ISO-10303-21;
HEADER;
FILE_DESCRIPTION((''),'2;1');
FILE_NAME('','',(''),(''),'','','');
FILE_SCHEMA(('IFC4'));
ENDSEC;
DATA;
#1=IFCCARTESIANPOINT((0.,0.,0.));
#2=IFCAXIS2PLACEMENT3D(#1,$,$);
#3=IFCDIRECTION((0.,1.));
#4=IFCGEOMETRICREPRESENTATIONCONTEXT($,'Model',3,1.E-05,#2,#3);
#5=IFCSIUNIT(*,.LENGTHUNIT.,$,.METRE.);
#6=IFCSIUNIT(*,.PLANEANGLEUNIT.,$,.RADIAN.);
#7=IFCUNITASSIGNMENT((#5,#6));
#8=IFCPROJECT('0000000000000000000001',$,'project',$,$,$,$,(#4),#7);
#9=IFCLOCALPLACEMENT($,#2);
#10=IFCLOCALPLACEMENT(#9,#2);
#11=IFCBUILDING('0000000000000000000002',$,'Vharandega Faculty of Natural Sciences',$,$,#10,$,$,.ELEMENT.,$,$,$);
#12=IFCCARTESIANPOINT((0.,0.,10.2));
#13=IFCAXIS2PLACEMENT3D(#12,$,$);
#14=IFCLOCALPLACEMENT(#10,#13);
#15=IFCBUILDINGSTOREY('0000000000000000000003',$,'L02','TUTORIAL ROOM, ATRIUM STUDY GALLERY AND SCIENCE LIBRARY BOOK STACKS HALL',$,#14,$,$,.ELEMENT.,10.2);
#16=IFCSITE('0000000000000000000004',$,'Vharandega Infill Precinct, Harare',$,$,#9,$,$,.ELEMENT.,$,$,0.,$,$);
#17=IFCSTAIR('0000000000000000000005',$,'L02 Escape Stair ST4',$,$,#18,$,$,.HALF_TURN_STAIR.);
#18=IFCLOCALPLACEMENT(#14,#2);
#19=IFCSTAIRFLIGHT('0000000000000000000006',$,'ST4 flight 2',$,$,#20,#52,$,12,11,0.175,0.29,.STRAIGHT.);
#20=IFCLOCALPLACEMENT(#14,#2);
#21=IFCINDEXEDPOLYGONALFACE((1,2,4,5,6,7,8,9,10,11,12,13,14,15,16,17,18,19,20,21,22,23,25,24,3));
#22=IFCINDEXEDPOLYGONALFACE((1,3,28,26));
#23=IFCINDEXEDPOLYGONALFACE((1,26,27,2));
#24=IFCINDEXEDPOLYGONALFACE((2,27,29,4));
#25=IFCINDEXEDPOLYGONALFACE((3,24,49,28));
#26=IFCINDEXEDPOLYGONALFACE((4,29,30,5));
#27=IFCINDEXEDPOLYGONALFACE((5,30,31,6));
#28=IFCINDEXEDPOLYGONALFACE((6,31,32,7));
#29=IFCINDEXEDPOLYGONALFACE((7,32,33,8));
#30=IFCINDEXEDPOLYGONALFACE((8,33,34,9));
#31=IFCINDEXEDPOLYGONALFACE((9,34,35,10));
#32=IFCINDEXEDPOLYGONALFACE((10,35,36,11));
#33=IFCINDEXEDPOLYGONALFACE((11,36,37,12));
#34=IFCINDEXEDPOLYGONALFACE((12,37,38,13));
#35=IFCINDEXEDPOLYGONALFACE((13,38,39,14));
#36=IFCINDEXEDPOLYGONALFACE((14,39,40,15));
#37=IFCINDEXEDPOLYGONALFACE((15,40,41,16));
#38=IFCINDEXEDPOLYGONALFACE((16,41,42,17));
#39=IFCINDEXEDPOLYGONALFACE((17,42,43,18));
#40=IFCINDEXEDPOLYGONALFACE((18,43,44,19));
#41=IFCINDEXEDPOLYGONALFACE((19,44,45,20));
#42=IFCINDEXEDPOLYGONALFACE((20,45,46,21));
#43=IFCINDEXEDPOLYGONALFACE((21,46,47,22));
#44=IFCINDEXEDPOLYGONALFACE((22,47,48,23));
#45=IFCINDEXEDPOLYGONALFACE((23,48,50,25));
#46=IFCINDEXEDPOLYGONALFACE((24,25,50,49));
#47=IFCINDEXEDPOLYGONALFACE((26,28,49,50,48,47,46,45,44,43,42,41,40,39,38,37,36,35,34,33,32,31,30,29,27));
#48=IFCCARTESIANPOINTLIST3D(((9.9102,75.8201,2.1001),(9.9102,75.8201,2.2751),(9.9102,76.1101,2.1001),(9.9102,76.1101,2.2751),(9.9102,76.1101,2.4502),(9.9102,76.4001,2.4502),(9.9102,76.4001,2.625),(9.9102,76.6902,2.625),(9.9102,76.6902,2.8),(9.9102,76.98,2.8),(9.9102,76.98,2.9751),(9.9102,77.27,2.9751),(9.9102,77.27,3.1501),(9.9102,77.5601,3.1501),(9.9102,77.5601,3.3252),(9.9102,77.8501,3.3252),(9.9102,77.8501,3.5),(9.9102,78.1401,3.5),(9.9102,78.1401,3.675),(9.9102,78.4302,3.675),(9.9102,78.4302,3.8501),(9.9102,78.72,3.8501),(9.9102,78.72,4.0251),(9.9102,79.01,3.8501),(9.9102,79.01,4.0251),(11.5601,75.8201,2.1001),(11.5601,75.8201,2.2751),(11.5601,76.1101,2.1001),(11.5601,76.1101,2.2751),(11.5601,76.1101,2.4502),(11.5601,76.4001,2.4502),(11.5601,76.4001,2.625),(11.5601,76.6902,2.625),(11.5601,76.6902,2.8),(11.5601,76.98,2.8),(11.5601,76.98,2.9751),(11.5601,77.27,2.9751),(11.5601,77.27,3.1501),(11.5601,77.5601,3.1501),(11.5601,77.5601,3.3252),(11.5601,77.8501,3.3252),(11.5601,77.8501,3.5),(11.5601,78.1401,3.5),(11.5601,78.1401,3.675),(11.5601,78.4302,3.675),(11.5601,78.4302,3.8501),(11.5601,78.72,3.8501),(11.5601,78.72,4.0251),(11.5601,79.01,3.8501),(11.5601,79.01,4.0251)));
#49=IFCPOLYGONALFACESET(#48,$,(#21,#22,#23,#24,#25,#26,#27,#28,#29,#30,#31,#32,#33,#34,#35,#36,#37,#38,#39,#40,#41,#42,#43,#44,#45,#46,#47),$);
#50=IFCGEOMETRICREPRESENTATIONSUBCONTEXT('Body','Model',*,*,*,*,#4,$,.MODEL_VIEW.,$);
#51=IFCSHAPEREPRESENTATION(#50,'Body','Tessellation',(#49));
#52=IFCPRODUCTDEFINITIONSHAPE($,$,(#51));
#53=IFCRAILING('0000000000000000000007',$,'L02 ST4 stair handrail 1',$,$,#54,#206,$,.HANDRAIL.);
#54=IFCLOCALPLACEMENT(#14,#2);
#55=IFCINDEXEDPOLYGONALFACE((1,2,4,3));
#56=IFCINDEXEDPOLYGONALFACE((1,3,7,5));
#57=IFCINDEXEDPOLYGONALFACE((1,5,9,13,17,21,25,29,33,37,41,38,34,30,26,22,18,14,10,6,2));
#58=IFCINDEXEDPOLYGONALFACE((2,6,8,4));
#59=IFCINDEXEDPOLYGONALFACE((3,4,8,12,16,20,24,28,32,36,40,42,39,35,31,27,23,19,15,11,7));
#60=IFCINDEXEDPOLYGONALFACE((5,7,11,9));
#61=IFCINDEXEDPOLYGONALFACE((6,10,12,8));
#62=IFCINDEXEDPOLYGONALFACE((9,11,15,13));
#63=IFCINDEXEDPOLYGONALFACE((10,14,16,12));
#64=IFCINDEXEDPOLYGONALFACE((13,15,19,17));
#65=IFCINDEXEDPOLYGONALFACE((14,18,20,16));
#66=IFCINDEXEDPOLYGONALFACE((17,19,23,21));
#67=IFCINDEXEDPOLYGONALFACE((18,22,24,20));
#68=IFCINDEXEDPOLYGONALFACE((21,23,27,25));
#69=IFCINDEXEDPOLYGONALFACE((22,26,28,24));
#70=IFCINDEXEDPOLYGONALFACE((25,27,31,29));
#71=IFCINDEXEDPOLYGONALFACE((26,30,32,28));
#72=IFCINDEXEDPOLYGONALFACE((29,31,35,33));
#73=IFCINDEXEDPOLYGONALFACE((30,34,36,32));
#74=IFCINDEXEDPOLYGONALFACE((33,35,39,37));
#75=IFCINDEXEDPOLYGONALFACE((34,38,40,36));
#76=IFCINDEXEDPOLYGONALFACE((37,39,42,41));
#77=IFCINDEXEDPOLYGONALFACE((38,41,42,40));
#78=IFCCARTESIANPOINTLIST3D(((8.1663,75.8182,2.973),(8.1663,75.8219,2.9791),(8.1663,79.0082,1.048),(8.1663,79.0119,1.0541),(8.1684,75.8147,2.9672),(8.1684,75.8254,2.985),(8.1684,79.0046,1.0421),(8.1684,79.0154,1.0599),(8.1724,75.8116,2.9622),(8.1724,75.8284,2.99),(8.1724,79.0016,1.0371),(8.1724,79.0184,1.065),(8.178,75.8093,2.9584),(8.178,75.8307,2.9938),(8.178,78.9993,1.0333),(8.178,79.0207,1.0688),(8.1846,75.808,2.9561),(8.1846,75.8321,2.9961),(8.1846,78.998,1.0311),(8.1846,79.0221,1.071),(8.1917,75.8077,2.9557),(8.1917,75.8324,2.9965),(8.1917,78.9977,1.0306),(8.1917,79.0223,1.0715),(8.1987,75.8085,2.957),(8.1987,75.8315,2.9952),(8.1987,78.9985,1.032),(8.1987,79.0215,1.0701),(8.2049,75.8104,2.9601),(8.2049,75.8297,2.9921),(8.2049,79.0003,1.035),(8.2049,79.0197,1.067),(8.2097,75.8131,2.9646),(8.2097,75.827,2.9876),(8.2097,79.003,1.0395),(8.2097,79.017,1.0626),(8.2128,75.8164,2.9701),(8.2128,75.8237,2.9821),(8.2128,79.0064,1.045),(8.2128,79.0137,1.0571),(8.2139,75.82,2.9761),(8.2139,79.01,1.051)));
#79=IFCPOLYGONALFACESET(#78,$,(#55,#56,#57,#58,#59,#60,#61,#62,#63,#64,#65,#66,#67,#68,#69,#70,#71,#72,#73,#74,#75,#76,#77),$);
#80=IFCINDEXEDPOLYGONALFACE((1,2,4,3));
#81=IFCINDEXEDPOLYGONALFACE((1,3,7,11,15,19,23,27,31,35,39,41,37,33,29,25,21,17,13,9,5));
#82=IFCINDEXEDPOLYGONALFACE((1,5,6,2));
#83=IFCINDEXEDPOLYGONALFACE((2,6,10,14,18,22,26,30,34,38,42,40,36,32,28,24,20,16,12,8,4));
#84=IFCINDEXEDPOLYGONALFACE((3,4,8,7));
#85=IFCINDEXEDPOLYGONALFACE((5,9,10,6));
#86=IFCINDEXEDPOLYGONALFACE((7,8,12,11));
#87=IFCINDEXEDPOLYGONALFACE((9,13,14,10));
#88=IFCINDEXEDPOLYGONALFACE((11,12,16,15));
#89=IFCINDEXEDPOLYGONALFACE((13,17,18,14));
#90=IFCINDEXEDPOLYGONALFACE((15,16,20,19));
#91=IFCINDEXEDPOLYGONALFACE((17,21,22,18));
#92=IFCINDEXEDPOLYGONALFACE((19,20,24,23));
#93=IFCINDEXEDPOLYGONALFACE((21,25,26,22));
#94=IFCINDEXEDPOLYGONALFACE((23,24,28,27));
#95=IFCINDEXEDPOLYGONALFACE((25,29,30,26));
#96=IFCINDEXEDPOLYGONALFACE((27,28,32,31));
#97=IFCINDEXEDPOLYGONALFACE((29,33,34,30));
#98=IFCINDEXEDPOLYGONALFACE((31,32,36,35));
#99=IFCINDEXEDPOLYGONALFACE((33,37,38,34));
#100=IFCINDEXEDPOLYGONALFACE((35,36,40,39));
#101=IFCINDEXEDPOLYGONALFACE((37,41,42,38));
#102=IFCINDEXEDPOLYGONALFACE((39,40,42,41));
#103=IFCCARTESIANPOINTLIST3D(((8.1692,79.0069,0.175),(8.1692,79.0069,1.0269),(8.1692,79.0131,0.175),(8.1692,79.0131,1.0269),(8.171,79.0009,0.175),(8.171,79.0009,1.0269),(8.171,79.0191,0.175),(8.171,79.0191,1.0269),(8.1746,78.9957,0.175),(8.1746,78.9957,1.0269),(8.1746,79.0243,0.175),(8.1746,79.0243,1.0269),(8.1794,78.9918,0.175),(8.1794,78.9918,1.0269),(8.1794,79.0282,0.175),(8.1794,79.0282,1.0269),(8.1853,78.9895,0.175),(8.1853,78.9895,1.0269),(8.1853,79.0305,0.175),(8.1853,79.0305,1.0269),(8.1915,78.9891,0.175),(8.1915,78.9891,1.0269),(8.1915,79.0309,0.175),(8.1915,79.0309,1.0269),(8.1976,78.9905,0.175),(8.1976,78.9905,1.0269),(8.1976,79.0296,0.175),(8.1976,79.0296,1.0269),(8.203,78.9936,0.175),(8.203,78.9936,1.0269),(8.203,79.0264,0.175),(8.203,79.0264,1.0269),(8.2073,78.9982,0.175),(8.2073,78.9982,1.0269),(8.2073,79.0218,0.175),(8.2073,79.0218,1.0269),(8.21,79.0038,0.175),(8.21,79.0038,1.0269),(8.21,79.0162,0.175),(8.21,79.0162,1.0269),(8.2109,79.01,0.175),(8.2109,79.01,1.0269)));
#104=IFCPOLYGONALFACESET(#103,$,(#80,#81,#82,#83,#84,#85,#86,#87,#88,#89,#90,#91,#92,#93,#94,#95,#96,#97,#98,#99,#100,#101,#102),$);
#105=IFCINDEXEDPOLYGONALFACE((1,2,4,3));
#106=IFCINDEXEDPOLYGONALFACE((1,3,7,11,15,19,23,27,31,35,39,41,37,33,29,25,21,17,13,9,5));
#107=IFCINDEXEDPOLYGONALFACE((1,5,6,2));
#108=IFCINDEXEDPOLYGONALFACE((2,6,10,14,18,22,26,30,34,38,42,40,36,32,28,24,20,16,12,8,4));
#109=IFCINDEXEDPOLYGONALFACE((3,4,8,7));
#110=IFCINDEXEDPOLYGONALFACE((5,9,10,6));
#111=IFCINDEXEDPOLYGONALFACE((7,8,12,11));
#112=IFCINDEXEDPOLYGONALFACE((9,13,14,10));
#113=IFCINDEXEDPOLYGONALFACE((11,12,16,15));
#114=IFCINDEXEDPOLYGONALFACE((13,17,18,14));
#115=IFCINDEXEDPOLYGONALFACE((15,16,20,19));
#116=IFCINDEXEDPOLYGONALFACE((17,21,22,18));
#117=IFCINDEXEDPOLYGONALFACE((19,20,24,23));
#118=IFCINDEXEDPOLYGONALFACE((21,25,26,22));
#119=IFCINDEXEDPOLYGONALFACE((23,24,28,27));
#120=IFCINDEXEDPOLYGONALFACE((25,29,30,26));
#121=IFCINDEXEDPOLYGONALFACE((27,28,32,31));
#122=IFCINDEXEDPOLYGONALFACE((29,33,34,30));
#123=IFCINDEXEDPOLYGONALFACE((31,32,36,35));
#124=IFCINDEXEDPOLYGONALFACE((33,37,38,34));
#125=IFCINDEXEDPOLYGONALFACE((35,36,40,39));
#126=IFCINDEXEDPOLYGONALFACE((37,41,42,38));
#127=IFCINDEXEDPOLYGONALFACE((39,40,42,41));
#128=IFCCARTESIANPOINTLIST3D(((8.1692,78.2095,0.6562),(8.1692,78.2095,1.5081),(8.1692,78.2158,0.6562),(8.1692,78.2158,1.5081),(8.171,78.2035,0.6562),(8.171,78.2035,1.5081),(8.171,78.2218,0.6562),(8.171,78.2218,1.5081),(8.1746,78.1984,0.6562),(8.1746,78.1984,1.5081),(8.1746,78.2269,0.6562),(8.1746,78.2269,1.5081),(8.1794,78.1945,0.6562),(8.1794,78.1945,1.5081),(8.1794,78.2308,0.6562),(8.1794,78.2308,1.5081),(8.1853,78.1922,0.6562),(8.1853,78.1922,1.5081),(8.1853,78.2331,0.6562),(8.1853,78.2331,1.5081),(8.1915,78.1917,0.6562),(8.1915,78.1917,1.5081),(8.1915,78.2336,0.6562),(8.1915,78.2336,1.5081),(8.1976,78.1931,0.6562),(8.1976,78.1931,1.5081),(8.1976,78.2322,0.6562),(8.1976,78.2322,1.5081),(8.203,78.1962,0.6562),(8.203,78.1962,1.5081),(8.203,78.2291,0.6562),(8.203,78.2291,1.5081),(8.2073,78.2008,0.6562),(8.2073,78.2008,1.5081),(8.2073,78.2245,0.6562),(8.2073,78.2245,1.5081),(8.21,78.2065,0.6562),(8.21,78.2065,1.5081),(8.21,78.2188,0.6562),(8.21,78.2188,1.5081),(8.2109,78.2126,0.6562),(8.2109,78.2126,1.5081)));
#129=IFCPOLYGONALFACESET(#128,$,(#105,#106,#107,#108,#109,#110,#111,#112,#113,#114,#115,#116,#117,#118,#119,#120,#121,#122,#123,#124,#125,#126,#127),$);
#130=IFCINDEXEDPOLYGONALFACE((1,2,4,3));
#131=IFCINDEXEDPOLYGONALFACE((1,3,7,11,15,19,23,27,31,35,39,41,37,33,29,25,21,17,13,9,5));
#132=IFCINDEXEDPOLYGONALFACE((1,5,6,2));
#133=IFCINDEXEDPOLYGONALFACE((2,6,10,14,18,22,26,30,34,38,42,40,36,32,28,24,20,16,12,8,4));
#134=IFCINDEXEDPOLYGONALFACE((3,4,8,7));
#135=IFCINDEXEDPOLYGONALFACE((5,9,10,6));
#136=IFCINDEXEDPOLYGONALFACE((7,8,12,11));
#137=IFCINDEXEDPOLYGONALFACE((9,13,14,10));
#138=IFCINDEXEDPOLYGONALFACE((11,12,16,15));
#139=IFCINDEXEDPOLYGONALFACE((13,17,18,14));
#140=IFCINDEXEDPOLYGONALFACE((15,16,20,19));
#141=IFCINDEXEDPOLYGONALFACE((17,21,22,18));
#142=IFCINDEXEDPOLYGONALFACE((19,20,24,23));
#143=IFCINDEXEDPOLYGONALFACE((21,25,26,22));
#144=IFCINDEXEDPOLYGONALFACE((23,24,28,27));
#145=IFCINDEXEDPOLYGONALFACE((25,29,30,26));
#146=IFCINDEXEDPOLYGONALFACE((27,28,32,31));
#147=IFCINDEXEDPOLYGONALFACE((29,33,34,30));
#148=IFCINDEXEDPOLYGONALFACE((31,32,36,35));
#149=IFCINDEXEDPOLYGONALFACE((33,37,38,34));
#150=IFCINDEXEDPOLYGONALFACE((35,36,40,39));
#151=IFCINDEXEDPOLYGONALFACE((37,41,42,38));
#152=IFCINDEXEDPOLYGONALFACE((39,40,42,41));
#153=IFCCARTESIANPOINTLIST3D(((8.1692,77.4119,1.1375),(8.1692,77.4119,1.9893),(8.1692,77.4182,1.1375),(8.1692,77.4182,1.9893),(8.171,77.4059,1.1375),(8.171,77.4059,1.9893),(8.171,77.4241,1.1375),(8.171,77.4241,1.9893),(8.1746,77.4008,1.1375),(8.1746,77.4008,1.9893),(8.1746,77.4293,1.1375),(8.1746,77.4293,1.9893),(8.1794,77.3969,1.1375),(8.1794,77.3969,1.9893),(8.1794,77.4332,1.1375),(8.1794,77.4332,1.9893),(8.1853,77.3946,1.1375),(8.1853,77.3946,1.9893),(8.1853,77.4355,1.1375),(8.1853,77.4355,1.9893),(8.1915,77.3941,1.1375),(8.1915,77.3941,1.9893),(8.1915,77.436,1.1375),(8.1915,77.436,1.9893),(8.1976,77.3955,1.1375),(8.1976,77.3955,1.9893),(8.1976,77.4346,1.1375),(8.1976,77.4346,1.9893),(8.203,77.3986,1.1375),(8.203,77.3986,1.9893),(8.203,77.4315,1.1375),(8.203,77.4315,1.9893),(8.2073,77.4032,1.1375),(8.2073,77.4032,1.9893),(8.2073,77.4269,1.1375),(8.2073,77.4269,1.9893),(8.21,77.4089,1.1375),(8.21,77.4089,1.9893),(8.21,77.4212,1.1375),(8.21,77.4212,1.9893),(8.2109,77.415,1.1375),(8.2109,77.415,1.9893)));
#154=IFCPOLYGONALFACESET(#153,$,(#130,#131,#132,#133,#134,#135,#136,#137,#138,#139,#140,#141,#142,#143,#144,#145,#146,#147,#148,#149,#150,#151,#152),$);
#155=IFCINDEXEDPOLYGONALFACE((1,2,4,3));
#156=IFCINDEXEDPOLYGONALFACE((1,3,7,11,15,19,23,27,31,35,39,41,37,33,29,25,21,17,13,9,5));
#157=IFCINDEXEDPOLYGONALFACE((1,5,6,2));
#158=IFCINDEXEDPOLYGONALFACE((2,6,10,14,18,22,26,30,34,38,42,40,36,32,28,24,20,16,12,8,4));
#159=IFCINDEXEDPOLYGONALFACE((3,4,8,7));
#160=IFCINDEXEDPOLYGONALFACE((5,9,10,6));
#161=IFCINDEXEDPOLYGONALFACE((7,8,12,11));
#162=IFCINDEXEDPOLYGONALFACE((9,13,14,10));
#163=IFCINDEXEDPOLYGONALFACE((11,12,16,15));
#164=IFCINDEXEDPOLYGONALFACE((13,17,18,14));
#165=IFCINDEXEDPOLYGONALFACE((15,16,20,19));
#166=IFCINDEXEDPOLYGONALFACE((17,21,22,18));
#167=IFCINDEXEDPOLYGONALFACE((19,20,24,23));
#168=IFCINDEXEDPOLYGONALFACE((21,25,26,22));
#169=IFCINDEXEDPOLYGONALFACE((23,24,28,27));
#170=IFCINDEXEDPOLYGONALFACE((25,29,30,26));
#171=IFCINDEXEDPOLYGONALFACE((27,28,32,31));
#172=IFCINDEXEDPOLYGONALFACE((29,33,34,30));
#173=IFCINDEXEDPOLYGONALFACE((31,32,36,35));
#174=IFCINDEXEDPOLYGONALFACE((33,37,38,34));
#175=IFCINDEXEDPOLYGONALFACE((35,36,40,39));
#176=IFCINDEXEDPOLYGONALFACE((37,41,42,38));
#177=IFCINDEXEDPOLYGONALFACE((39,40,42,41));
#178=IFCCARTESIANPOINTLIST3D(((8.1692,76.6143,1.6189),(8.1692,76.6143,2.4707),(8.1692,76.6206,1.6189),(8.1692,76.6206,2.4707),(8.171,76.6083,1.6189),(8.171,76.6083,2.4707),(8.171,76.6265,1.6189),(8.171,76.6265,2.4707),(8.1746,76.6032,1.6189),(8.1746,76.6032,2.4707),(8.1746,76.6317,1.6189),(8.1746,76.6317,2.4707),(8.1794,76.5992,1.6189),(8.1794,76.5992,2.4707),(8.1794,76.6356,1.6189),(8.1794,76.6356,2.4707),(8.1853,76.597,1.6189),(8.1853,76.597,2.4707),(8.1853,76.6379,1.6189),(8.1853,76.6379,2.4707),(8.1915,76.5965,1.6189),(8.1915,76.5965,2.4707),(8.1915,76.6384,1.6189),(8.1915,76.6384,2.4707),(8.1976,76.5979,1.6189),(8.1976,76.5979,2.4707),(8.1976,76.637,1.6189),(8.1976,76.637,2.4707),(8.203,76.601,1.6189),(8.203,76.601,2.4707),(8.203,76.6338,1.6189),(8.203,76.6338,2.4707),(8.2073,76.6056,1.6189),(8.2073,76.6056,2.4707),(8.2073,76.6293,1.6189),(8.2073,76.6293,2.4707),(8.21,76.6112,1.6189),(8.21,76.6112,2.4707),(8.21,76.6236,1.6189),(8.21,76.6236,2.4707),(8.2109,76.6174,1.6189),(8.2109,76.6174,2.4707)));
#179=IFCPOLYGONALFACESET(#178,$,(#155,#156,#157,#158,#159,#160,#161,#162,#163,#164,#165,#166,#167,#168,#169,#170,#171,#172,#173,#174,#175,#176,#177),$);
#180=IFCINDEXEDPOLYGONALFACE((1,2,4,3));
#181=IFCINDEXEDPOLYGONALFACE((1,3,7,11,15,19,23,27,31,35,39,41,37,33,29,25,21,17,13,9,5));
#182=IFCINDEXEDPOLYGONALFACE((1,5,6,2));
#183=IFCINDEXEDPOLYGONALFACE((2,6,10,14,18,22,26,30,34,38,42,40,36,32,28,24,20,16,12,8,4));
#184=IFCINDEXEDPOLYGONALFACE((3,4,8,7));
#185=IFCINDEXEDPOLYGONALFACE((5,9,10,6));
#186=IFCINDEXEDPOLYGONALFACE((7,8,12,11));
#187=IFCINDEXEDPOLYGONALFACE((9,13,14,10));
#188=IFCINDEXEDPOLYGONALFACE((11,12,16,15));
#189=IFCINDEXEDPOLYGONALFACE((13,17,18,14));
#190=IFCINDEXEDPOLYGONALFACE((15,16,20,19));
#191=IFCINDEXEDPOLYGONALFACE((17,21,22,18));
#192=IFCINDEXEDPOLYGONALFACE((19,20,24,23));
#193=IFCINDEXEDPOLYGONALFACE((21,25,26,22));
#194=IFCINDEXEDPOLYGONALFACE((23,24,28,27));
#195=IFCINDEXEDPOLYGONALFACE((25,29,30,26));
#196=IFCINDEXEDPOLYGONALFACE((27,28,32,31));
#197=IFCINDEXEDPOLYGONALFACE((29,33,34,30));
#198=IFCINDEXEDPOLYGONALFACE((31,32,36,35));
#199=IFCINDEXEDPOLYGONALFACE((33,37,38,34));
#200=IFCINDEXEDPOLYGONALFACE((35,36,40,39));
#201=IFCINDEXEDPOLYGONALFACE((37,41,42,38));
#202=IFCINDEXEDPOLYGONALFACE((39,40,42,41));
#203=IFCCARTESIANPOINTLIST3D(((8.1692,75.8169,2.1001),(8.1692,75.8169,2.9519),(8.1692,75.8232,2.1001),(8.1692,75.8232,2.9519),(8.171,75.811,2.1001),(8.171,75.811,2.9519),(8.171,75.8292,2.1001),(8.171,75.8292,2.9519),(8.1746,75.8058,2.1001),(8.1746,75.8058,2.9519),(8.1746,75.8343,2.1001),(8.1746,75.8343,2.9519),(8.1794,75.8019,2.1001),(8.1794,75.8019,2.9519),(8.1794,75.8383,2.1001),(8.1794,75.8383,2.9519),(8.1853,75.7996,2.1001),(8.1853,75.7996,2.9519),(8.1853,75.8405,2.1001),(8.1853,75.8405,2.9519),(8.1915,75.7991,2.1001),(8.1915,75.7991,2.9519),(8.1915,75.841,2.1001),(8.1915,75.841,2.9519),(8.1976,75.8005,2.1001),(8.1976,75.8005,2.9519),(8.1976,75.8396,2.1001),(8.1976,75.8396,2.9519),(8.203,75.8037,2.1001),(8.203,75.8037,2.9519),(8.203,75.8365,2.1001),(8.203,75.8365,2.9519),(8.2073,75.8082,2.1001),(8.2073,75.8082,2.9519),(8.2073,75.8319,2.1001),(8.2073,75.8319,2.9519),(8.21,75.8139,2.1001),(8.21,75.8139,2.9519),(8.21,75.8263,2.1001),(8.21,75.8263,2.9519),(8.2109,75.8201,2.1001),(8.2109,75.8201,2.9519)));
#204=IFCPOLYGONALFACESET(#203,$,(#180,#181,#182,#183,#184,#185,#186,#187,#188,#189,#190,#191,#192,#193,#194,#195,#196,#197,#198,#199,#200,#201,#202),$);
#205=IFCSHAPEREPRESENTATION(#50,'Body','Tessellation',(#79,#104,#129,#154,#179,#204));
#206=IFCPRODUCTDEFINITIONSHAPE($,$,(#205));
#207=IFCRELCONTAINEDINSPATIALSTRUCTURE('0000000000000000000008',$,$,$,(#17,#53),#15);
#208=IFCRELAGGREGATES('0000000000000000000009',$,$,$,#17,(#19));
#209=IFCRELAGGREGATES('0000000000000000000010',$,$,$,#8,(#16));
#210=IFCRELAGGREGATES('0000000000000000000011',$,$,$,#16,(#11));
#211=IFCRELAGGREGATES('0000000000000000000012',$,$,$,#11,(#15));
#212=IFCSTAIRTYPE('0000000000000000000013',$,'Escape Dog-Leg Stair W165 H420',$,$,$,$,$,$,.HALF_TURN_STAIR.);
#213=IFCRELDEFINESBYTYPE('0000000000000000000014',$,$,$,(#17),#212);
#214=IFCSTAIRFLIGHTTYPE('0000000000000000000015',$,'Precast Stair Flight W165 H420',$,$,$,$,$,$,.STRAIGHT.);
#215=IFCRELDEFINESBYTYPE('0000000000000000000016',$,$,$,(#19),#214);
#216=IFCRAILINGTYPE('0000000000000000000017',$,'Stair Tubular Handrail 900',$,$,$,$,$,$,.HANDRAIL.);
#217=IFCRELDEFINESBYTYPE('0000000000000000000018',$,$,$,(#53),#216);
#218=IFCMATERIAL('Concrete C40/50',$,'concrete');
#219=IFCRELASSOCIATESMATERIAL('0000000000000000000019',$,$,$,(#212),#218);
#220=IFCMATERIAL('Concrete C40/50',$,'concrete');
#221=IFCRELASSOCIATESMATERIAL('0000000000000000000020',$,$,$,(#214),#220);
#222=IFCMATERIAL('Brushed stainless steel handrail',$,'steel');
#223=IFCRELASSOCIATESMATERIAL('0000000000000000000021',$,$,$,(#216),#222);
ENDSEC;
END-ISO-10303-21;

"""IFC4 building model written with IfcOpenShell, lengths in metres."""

from ifc_helpers import new_model, si_unit, direction, frame, origin, origin_2d, place, context, subcontext, project, spatial, polyline, circle, outline, extrude, material, type_object, element, aggregate, save


model = new_model("IFC4")

# Units and contexts
model_context = context("Model", 3, precision=1e-05, world=origin(), true_north=direction((0.0, 1.0)))
body_context = subcontext(model_context, "Body", "Model", "MODEL_VIEW")
ifc_project = project(units=[si_unit("LENGTHUNIT", "METRE"), si_unit("PLANEANGLEUNIT", "RADIAN")], contexts=[model_context])

# Site, building, storey
site_placement = place(None, origin())
site = spatial("IfcSite", under=ifc_project, at=site_placement, Name="Vharandega Infill Precinct, Harare", CompositionType="ELEMENT", RefElevation=0.0)
building_placement = place(site_placement, origin())
building = spatial("IfcBuilding", under=site, at=building_placement, Name="Vharandega Faculty of Natural Sciences", CompositionType="ELEMENT")
storey_placement = place(building_placement, frame((0.0, 0.0, 10.2)))
storey = spatial("IfcBuildingStorey", under=building, at=storey_placement, Name="L02", Description="TUTORIAL ROOM, ATRIUM STUDY GALLERY AND SCIENCE LIBRARY BOOK STACKS HALL", CompositionType="ELEMENT", Elevation=10.2)

# Stair, stair flight
ifc_material_1 = material(Name="Concrete C40/50", Category="concrete")
stair_type = type_object("IfcStairType", Name="Escape Dog-Leg Stair W165 H420", PredefinedType="HALF_TURN_STAIR", material=ifc_material_1)
stair_placement = place(storey_placement, origin())
stair = element("IfcStair", 1, at=stair_placement, inside=storey, type_object=stair_type, Name="L02 Escape Stair ST4", PredefinedType="HALF_TURN_STAIR")
ifc_material_2 = material(Name="Concrete C40/50", Category="concrete")
stair_flight_type = type_object("IfcStairFlightType", Name="Precast Stair Flight W165 H420", PredefinedType="STRAIGHT", material=ifc_material_2)
stair_flight_1_placement = place(storey_placement, frame((10.7351, 75.8201, 2.1001), z_axis=(0.0, 0.0, 1.0), x_axis=(0.0, 1.0, 0.0)))
stair_flight_1 = element("IfcStairFlight", 2, at=stair_flight_1_placement, type_object=stair_flight_type, Name="ST4 flight 2", NumberOfRisers=12, NumberOfTreads=11, PredefinedType="STRAIGHT", RiserHeight=0.175, TreadLength=0.29, context=body_context, shape_type="SweptSolid", body=[
    extrude(outline(polyline([(0.0, 0.0), (0.0, 0.175), (0.29, 0.175), (0.29, 0.3501), (0.5801, 0.3501), (0.5801, 0.5249), (0.8701, 0.5249), (0.8701, 0.7), (1.1599, 0.7), (1.1599, 0.875), (1.45, 0.875), (1.45, 1.05), (1.74, 1.05), (1.74, 1.2251), (2.03, 1.2251), (2.03, 1.3999), (2.3201, 1.3999), (2.3201, 1.575), (2.6101, 1.575), (2.6101, 1.75), (2.8999, 1.75), (2.8999, 1.925), (3.1899, 1.925), (3.1899, 2.1001), (3.1899, 1.75), (0.29, 0.0), (0.0, 0.0)])), frame((0.0, 0.825, 0.0), z_axis=(0.0, -1.0, 0.0), x_axis=(1.0, 0.0, 0.0)), (0.0, 0.0, 1.0), 1.6499),
])
aggregate(stair, [stair_flight_1])

# Railing
ifc_material_3 = material(Name="Brushed stainless steel handrail", Category="steel")
railing_type_1 = type_object("IfcRailingType", Name="Stair Tubular Handrail 900", PredefinedType="HANDRAIL", material=ifc_material_3)
railing_1_placement = place(storey_placement, frame((8.1899, 79.01, 0.175)))
element("IfcRailing", 3, at=railing_1_placement, inside=storey, type_object=railing_type_1, Name="L02 ST4 stair handrail 1", PredefinedType="HANDRAIL", context=body_context, shape_type="SweptSolid", body=[
    extrude(circle(Radius=0.0239, at=origin_2d()), frame((0.0, 0.0, 0.876), z_axis=(0.0, -0.856178, 0.516682), x_axis=(1.0, 0.0, 0.0)), (0.0, 0.0, 1.0), 3.7258),
    extrude(circle(Radius=0.021, at=origin_2d()), origin(), (0.0, 0.0, 1.0), 0.8518),
    extrude(circle(Radius=0.021, at=origin_2d()), frame((0.0, -0.7974, 0.4812)), (0.0, 0.0, 1.0), 0.8518),
    extrude(circle(Radius=0.021, at=origin_2d()), frame((0.0, -1.595, 0.9624)), (0.0, 0.0, 1.0), 0.8518),
    extrude(circle(Radius=0.021, at=origin_2d()), frame((0.0, -2.3926, 1.4438)), (0.0, 0.0, 1.0), 0.8518),
    extrude(circle(Radius=0.021, at=origin_2d()), frame((0.0, -3.1899, 1.925)), (0.0, 0.0, 1.0), 0.8518),
])

save(model, "model.ifc")
